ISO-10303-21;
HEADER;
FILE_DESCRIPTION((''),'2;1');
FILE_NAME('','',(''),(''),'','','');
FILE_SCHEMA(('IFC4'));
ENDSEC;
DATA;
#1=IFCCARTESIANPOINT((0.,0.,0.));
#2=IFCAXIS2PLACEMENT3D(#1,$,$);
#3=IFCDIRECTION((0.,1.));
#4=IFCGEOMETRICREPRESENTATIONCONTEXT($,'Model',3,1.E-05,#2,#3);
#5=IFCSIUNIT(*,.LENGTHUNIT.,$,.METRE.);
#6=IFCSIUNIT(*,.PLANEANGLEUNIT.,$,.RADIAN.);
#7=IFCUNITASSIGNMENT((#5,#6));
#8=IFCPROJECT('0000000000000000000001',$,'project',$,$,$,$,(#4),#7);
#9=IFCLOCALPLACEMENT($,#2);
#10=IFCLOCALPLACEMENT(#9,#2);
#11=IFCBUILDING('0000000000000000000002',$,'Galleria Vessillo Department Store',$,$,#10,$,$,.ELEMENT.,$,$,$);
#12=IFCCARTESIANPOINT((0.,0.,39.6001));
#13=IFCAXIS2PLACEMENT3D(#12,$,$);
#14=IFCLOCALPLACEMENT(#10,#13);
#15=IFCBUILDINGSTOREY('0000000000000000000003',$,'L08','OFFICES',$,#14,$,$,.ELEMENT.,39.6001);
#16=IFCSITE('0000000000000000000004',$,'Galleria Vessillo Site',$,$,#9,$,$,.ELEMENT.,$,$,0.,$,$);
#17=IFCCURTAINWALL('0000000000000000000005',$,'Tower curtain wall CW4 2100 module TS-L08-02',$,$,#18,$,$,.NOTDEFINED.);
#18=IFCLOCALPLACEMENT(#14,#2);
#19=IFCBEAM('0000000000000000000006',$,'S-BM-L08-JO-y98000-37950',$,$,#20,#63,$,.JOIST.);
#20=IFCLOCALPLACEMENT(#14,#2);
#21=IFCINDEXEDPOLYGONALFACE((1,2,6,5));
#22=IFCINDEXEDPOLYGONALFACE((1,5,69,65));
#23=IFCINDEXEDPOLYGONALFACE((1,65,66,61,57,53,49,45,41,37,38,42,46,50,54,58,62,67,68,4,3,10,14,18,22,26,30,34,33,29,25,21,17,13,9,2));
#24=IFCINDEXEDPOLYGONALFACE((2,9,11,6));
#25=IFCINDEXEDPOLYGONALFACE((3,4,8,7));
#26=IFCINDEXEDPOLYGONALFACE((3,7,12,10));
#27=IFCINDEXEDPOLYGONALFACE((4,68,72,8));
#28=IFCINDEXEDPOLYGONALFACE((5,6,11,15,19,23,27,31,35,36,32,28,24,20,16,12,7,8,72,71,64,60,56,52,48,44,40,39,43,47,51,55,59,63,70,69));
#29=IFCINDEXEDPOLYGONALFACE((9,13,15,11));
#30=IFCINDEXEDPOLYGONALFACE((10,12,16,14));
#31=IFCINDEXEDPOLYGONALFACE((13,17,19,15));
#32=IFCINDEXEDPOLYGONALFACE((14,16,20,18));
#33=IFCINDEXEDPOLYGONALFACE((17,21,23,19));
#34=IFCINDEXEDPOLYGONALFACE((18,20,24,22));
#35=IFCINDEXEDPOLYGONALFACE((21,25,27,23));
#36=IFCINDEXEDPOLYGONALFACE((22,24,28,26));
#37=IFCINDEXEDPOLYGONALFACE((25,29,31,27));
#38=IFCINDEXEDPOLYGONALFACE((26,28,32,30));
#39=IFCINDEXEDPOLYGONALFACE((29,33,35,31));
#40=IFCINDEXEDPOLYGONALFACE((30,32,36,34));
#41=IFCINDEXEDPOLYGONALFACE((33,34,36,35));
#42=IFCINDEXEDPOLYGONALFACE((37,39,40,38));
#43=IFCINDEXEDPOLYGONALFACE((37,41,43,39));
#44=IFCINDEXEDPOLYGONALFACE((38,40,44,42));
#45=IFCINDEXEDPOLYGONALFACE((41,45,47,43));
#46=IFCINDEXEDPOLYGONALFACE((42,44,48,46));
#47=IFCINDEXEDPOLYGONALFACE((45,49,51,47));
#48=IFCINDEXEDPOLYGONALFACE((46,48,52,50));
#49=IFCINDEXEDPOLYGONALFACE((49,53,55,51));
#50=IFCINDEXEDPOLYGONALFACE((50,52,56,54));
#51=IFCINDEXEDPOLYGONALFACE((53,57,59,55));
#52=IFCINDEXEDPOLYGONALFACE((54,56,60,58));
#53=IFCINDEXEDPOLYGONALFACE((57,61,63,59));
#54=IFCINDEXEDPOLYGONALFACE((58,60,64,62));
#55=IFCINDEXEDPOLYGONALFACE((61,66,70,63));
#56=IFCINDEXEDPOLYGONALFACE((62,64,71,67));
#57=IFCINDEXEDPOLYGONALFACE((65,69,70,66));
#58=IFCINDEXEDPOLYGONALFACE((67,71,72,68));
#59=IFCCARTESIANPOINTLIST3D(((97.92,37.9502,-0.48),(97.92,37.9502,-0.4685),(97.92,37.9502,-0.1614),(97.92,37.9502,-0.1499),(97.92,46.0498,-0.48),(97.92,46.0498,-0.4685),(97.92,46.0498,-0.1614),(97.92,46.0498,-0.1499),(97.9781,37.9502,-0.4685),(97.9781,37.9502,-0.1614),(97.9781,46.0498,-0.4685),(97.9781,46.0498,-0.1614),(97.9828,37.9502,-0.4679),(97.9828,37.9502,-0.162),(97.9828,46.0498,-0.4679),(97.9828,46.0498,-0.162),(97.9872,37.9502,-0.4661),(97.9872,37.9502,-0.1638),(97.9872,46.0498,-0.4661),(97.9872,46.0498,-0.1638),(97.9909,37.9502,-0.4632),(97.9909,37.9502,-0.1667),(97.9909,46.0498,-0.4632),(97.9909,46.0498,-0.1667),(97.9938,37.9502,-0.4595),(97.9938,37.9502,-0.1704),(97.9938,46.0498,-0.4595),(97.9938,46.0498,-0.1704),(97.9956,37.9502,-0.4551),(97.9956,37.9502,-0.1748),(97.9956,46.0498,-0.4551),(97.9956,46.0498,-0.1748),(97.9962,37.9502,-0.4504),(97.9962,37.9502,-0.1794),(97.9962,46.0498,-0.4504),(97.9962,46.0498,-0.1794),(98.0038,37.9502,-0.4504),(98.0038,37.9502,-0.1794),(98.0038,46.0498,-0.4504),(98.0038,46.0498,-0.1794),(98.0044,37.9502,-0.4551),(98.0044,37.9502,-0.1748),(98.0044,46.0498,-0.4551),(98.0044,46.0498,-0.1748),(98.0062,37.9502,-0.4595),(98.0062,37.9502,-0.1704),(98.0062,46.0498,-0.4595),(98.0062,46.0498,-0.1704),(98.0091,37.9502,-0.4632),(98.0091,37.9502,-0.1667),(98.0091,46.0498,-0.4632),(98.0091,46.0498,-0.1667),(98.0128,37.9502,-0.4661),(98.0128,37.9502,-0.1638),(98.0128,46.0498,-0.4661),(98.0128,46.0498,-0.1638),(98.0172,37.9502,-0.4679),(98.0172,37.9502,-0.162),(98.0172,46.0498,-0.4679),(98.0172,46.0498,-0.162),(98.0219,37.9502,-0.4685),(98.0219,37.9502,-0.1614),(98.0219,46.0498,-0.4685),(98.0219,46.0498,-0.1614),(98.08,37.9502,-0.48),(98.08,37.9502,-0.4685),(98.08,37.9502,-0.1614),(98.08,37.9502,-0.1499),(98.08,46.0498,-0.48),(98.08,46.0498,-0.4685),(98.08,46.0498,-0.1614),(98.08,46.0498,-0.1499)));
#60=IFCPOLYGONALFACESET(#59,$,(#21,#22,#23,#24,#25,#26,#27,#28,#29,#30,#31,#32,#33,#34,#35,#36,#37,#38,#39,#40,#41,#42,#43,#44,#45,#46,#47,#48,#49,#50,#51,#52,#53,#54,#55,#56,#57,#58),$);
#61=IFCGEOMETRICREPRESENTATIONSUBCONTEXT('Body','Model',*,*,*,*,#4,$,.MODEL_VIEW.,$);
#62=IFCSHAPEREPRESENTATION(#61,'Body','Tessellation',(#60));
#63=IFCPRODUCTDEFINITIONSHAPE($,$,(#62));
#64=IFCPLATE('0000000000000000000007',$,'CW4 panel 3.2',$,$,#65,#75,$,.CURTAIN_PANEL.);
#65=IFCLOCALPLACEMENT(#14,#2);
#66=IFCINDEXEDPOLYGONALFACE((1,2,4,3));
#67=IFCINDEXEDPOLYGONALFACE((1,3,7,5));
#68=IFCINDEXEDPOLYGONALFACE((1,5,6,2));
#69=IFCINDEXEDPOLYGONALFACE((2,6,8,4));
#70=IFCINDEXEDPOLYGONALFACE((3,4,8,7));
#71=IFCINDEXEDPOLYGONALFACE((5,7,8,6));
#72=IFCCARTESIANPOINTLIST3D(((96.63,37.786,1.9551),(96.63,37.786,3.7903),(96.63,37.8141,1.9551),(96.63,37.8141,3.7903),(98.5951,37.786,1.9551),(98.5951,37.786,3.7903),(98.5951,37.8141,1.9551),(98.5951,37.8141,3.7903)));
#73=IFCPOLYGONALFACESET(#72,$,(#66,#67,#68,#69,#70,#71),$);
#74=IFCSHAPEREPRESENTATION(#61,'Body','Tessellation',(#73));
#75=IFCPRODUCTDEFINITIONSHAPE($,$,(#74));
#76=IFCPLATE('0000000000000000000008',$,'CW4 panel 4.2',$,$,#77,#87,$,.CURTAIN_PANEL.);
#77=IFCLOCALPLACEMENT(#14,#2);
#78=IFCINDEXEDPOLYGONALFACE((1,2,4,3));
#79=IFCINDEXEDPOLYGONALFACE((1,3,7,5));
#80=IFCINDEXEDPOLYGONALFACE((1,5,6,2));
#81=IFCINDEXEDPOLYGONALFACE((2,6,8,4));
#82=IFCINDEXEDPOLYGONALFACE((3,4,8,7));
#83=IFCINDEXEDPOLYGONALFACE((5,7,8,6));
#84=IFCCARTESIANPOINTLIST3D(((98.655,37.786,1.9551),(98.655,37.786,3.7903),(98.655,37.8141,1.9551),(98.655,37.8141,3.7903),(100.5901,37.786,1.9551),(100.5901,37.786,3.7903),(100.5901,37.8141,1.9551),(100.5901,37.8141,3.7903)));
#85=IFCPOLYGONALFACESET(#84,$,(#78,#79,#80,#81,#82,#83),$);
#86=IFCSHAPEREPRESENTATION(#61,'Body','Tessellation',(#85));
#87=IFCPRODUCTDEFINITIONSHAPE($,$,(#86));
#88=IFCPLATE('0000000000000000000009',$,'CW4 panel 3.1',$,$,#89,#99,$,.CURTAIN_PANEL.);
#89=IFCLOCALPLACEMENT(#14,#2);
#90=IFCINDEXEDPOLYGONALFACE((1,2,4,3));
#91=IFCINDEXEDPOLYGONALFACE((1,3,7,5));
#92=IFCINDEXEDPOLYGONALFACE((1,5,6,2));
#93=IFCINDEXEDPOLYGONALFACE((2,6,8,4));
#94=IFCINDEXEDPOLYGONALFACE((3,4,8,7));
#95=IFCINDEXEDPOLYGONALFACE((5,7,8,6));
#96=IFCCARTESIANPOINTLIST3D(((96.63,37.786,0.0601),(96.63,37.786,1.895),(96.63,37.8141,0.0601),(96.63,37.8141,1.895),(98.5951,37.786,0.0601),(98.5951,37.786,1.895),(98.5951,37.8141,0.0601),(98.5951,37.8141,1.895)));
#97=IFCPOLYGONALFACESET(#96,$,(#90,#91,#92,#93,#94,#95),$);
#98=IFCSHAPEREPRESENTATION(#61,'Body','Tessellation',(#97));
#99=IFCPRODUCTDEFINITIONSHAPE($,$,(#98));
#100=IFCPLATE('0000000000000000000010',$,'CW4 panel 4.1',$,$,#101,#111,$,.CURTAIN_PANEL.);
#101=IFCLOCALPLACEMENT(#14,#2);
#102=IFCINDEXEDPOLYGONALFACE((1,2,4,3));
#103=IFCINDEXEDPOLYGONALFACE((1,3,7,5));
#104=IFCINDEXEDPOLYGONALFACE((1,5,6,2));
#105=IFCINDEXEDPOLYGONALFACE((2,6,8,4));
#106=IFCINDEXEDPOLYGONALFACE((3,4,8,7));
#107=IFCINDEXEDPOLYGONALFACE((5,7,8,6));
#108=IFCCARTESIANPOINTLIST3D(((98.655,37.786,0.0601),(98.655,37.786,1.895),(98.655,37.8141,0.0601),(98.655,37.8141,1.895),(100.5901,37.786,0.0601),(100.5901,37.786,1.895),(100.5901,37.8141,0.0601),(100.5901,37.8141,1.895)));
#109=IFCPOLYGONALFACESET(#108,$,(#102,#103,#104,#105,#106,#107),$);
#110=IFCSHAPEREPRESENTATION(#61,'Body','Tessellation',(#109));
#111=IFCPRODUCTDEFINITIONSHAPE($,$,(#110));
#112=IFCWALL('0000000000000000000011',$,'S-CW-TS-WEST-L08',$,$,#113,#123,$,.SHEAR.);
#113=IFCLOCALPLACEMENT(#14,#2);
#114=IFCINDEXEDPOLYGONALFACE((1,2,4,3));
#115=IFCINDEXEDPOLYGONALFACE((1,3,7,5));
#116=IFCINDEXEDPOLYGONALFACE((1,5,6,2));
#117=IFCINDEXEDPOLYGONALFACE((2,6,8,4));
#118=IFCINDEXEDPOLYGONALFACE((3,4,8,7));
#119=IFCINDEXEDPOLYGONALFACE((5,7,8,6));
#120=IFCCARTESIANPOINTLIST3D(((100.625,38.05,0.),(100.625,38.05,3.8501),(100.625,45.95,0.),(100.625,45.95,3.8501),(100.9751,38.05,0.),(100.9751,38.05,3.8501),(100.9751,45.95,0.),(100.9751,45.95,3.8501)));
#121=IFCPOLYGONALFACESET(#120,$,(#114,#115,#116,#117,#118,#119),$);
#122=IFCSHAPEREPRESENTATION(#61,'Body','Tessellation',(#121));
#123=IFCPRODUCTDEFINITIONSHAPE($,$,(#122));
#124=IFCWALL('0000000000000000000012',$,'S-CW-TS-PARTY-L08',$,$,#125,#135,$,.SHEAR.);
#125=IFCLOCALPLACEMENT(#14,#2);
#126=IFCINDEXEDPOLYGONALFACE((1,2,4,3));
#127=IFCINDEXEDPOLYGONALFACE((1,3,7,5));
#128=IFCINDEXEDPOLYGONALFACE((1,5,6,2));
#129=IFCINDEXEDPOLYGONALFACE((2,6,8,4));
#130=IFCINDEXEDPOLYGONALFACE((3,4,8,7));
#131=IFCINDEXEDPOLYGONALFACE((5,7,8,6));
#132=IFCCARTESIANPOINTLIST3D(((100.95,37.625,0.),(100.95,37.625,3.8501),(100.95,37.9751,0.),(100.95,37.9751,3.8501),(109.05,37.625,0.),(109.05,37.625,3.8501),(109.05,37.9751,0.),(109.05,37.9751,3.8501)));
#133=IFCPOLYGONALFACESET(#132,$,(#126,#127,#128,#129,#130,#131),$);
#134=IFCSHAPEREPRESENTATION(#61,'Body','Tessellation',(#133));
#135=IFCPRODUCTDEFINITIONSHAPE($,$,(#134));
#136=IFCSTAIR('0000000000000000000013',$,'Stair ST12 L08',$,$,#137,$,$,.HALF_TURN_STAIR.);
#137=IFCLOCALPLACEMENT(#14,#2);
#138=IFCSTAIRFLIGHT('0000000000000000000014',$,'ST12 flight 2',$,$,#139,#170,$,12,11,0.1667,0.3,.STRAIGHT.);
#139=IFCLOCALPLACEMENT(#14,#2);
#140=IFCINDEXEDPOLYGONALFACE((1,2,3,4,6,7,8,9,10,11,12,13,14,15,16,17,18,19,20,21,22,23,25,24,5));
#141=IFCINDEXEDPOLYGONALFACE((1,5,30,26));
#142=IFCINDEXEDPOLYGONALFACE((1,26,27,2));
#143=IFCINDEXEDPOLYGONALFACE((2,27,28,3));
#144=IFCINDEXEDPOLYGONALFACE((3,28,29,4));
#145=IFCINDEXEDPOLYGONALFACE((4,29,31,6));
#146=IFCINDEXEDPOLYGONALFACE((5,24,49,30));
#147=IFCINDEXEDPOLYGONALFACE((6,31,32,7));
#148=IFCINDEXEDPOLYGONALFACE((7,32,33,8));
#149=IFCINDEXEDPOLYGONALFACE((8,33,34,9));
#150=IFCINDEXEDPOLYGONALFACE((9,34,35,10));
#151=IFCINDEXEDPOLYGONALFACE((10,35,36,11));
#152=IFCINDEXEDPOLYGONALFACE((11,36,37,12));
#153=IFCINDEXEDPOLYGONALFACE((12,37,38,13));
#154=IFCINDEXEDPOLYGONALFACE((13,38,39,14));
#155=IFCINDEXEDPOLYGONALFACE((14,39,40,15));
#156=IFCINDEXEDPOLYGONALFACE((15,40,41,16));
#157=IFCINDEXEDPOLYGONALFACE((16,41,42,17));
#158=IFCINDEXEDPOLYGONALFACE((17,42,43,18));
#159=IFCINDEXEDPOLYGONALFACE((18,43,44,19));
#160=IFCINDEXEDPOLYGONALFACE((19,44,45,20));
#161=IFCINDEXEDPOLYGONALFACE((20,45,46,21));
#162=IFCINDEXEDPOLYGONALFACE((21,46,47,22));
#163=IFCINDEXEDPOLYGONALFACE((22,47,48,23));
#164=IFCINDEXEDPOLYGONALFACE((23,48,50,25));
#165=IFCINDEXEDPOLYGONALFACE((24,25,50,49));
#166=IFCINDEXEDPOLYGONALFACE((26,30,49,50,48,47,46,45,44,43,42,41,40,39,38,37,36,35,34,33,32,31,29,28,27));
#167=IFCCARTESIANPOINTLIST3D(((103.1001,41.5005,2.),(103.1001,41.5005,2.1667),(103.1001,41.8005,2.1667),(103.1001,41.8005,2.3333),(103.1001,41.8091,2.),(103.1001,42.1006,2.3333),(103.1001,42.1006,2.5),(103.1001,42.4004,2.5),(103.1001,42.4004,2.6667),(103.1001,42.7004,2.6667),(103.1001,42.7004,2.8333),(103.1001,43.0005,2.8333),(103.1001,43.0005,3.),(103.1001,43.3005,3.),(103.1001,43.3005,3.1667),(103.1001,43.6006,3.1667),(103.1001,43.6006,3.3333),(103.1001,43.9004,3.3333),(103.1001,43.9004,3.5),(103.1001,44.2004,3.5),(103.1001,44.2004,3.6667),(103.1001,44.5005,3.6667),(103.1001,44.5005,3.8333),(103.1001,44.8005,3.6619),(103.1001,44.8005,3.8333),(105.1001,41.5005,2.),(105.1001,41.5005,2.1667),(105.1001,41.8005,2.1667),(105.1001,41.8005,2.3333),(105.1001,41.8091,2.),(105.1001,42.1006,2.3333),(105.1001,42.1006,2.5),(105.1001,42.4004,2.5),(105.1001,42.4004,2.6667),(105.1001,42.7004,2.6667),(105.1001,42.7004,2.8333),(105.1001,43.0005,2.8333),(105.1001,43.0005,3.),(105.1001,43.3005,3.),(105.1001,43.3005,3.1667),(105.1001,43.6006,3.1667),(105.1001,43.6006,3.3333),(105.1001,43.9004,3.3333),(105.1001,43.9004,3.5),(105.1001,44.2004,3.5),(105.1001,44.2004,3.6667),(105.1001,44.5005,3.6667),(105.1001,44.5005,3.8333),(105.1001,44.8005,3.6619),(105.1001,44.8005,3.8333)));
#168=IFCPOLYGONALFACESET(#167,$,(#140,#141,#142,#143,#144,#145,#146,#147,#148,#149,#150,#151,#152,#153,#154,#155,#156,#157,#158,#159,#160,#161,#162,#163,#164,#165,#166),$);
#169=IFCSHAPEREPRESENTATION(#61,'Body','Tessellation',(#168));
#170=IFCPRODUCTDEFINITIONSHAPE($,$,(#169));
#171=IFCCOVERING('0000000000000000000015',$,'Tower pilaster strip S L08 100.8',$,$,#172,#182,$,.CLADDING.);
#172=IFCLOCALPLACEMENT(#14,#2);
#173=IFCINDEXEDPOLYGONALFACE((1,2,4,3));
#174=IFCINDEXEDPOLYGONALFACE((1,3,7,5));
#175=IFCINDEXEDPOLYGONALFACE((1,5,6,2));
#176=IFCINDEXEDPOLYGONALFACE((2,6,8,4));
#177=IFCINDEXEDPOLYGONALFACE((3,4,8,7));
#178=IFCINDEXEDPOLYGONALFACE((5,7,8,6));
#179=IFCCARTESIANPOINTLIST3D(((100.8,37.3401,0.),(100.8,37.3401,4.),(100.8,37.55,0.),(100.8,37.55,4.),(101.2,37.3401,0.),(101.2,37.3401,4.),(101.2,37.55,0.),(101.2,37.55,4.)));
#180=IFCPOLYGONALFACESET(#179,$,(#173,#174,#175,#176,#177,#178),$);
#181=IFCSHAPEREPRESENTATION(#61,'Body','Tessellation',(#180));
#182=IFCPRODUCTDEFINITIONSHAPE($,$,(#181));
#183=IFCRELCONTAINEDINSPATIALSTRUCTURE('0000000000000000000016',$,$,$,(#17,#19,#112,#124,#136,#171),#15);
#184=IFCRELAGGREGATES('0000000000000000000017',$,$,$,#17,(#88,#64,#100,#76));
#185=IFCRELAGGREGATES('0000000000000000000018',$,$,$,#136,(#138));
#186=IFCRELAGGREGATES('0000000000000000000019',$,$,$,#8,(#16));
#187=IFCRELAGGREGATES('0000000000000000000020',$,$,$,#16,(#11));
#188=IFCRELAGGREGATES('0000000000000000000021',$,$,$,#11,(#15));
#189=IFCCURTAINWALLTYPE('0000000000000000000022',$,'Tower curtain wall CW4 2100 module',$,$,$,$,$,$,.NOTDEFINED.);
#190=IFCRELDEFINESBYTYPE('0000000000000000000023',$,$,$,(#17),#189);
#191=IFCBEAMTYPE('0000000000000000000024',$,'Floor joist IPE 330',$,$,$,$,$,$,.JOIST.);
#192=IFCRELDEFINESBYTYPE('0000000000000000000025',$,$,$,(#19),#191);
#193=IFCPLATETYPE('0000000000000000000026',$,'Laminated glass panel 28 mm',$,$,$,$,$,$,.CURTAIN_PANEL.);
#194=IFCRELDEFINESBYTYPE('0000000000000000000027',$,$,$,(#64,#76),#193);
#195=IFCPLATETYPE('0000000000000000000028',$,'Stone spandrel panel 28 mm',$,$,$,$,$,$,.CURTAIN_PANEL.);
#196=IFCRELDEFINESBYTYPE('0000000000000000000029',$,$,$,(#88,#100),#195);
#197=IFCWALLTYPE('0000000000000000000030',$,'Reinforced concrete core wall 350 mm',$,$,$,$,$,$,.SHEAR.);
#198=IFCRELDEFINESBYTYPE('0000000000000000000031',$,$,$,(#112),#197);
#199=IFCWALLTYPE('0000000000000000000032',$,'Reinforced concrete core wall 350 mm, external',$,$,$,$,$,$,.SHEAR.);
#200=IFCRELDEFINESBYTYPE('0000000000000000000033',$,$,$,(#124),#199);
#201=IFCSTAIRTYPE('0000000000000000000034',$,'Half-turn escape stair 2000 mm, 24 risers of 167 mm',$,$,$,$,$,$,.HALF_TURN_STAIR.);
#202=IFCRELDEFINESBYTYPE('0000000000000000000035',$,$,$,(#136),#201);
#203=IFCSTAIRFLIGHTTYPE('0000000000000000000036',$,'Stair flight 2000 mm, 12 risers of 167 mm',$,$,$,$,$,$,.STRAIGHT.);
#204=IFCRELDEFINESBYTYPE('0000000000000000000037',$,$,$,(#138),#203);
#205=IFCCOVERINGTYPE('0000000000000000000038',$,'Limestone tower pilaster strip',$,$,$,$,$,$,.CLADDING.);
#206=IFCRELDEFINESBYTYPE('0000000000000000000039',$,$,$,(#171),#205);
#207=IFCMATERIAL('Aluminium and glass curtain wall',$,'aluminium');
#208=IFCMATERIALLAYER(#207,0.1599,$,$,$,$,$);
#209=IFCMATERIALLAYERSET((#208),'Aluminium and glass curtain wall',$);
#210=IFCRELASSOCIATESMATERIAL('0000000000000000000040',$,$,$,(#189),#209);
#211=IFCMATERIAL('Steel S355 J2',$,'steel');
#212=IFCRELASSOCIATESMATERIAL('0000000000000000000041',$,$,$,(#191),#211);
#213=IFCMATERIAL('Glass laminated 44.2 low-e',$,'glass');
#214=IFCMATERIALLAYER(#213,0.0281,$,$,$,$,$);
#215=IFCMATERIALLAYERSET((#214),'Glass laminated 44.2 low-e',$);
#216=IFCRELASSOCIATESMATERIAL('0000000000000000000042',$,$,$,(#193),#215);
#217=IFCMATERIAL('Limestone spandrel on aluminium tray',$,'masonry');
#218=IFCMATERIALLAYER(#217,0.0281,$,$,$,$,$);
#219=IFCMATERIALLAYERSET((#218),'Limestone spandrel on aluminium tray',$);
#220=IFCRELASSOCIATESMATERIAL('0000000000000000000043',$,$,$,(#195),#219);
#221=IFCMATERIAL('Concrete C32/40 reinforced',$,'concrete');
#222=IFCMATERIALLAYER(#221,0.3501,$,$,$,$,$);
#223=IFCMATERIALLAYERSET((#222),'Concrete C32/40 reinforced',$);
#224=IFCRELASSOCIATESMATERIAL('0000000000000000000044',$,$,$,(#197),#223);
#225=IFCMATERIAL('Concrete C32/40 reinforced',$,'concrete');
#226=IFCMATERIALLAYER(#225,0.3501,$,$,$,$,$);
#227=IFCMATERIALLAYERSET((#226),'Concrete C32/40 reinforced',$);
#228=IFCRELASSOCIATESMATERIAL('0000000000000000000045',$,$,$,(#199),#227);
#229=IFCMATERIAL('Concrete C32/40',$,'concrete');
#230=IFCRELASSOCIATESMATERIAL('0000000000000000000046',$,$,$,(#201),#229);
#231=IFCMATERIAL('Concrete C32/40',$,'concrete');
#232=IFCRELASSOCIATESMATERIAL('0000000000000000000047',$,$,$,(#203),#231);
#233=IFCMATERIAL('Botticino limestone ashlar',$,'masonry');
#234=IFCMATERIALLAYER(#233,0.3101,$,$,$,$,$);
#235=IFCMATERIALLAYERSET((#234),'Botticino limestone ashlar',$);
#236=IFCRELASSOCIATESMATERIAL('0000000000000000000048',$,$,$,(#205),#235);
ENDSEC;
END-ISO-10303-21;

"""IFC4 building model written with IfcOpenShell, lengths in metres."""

from ifc_helpers import new_model, si_unit, direction, frame, frame_2d, origin, origin_2d, place, context, subcontext, project, spatial, polyline, rectangle, i_section, outline, extrude, material, layer, layer_set, material_profile, profile_set, type_object, element, aggregate, save


model = new_model("IFC4")

# Units and contexts
model_context = context("Model", 3, precision=1e-05, world=origin(), true_north=direction((0.0, 1.0)))
body_context = subcontext(model_context, "Body", "Model", "MODEL_VIEW")
ifc_project = project(units=[si_unit("LENGTHUNIT", "METRE"), si_unit("PLANEANGLEUNIT", "RADIAN")], contexts=[model_context])

# Site, building, storey
site_placement = place(None, origin())
site = spatial("IfcSite", under=ifc_project, at=site_placement, Name="Galleria Vessillo Site", CompositionType="ELEMENT", RefElevation=0.0)
building_placement = place(site_placement, origin())
building = spatial("IfcBuilding", under=site, at=building_placement, Name="Galleria Vessillo Department Store", CompositionType="ELEMENT")
storey_placement = place(building_placement, frame((0.0, 0.0, 39.6001)))
storey = spatial("IfcBuildingStorey", under=building, at=storey_placement, Name="L08", Description="OFFICES", CompositionType="ELEMENT", Elevation=39.6001)

# Curtain wall
ifc_material_1 = material(Name="Aluminium and glass curtain wall", Category="aluminium")
ifc_layer_1 = layer(ifc_material_1, 0.1599)
ifc_layer_set_1 = layer_set([ifc_layer_1], Name="Aluminium and glass curtain wall")
curtain_wall_type = type_object("IfcCurtainWallType", Name="Tower curtain wall CW4 2100 module", PredefinedType="NOTDEFINED", material=ifc_layer_set_1)
curtain_wall_placement = place(storey_placement, origin())
curtain_wall = element("IfcCurtainWall", 1, at=curtain_wall_placement, inside=storey, type_object=curtain_wall_type, Name="Tower curtain wall CW4 2100 module TS-L08-02", PredefinedType="NOTDEFINED")

# Beam
ifc_material_2 = material(Name="Steel S355 J2", Category="steel")
ifc_material_profile_1 = material_profile(ifc_material_2, i_section(OverallWidth=0.1599, OverallDepth=0.3301, WebThickness=0.0076, FlangeThickness=0.0115, FilletRadius=0.0181, at=origin_2d()), Name="IPE 330")
ifc_profile_set_1 = profile_set([ifc_material_profile_1], Name="Steel S355 J2")
beam_type = type_object("IfcBeamType", Name="Floor joist IPE 330", PredefinedType="JOIST", material=ifc_profile_set_1)
beam_placement = place(storey_placement, frame((98.0, 37.9502, -0.3149), z_axis=(0.0, 1.0, 0.0), x_axis=(-1.0, 0.0, 0.0)))
element("IfcBeam", 2, at=beam_placement, inside=storey, type_object=beam_type, Name="S-BM-L08-JO-y98000-37950", PredefinedType="JOIST", context=body_context, shape_type="SweptSolid", body=[
    extrude(i_section(OverallWidth=0.1599, OverallDepth=0.3301, WebThickness=0.0076, FlangeThickness=0.0115, FilletRadius=0.0181, at=origin_2d()), origin(), (0.0, 0.0, 1.0), 8.0996),
])

# Plates
ifc_material_3 = material(Name="Glass laminated 44.2 low-e", Category="glass")
ifc_layer_2 = layer(ifc_material_3, 0.0281)
ifc_layer_set_2 = layer_set([ifc_layer_2], Name="Glass laminated 44.2 low-e")
plate_type_1 = type_object("IfcPlateType", Name="Laminated glass panel 28 mm", PredefinedType="CURTAIN_PANEL", material=ifc_layer_set_2)
plate_1_placement = place(storey_placement, frame((97.6125, 37.8, 1.9551), z_axis=(0.0, 0.0, 1.0), x_axis=(1.0, 0.0, 0.0)))
plate_1 = element("IfcPlate", 3, at=plate_1_placement, type_object=plate_type_1, Name="CW4 panel 3.2", PredefinedType="CURTAIN_PANEL", context=body_context, shape_type="SweptSolid", body=[
    extrude(rectangle(XDim=1.9651, YDim=0.0281, at=origin_2d()), origin(), (0.0, 0.0, 1.0), 1.8352),
])
plate_2_placement = place(storey_placement, frame((99.6226, 37.8, 1.9551), z_axis=(0.0, 0.0, 1.0), x_axis=(1.0, 0.0, 0.0)))
plate_2 = element("IfcPlate", 4, at=plate_2_placement, type_object=plate_type_1, Name="CW4 panel 4.2", PredefinedType="CURTAIN_PANEL", context=body_context, shape_type="SweptSolid", body=[
    extrude(rectangle(XDim=1.9351, YDim=0.0281, at=origin_2d()), origin(), (0.0, 0.0, 1.0), 1.8352),
])
ifc_material_4 = material(Name="Limestone spandrel on aluminium tray", Category="masonry")
ifc_layer_3 = layer(ifc_material_4, 0.0281)
ifc_layer_set_3 = layer_set([ifc_layer_3], Name="Limestone spandrel on aluminium tray")
plate_type_2 = type_object("IfcPlateType", Name="Stone spandrel panel 28 mm", PredefinedType="CURTAIN_PANEL", material=ifc_layer_set_3)
plate_3_placement = place(storey_placement, frame((97.6125, 37.8, 0.0601), z_axis=(0.0, 0.0, 1.0), x_axis=(1.0, 0.0, 0.0)))
plate_3 = element("IfcPlate", 5, at=plate_3_placement, type_object=plate_type_2, Name="CW4 panel 3.1", PredefinedType="CURTAIN_PANEL", context=body_context, shape_type="SweptSolid", body=[
    extrude(rectangle(XDim=1.9651, YDim=0.0281, at=origin_2d()), origin(), (0.0, 0.0, 1.0), 1.835),
])
plate_4_placement = place(storey_placement, frame((99.6226, 37.8, 0.0601), z_axis=(0.0, 0.0, 1.0), x_axis=(1.0, 0.0, 0.0)))
plate_4 = element("IfcPlate", 6, at=plate_4_placement, type_object=plate_type_2, Name="CW4 panel 4.1", PredefinedType="CURTAIN_PANEL", context=body_context, shape_type="SweptSolid", body=[
    extrude(rectangle(XDim=1.9351, YDim=0.0281, at=origin_2d()), origin(), (0.0, 0.0, 1.0), 1.835),
])
aggregate(curtain_wall, [plate_3, plate_1, plate_4, plate_2])

# Walls
ifc_material_5 = material(Name="Concrete C32/40 reinforced", Category="concrete")
ifc_layer_4 = layer(ifc_material_5, 0.3501)
ifc_layer_set_4 = layer_set([ifc_layer_4], Name="Concrete C32/40 reinforced")
wall_type_1 = type_object("IfcWallType", Name="Reinforced concrete core wall 350 mm", PredefinedType="SHEAR", material=ifc_layer_set_4)
wall_1_placement = place(storey_placement, frame((100.8, 38.05, 0.0), z_axis=(0.0, 0.0, 1.0), x_axis=(0.0, 1.0, 0.0)))
element("IfcWall", 7, at=wall_1_placement, inside=storey, type_object=wall_type_1, Name="S-CW-TS-WEST-L08", PredefinedType="SHEAR", context=body_context, shape_type="SweptSolid", body=[
    extrude(rectangle(XDim=7.8999, YDim=0.3501, at=frame_2d((3.95, 0.0))), origin(), (0.0, 0.0, 1.0), 3.8501),
])
ifc_material_6 = material(Name="Concrete C32/40 reinforced", Category="concrete")
ifc_layer_5 = layer(ifc_material_6, 0.3501)
ifc_layer_set_5 = layer_set([ifc_layer_5], Name="Concrete C32/40 reinforced")
wall_type_2 = type_object("IfcWallType", Name="Reinforced concrete core wall 350 mm, external", PredefinedType="SHEAR", material=ifc_layer_set_5)
wall_2_placement = place(storey_placement, frame((100.95, 37.8, 0.0), z_axis=(0.0, 0.0, 1.0), x_axis=(1.0, 0.0, 0.0)))
element("IfcWall", 8, at=wall_2_placement, inside=storey, type_object=wall_type_2, Name="S-CW-TS-PARTY-L08", PredefinedType="SHEAR", context=body_context, shape_type="SweptSolid", body=[
    extrude(rectangle(XDim=8.1001, YDim=0.3501, at=frame_2d((4.05, 0.0))), origin(), (0.0, 0.0, 1.0), 3.8501),
])

# Stair, stair flight
ifc_material_7 = material(Name="Concrete C32/40", Category="concrete")
stair_type = type_object("IfcStairType", Name="Half-turn escape stair 2000 mm, 24 risers of 167 mm", PredefinedType="HALF_TURN_STAIR", material=ifc_material_7)
stair_placement = place(storey_placement, origin())
stair = element("IfcStair", 9, at=stair_placement, inside=storey, type_object=stair_type, Name="Stair ST12 L08", PredefinedType="HALF_TURN_STAIR")
ifc_material_8 = material(Name="Concrete C32/40", Category="concrete")
stair_flight_type = type_object("IfcStairFlightType", Name="Stair flight 2000 mm, 12 risers of 167 mm", PredefinedType="STRAIGHT", material=ifc_material_8)
stair_flight_placement = place(storey_placement, frame((104.1001, 41.5005, 2.0), z_axis=(0.0, 0.0, 1.0), x_axis=(0.0, 1.0, 0.0)))
stair_flight = element("IfcStairFlight", 10, at=stair_flight_placement, type_object=stair_flight_type, Name="ST12 flight 2", NumberOfRisers=12, NumberOfTreads=11, PredefinedType="STRAIGHT", RiserHeight=0.1667, TreadLength=0.3, context=body_context, shape_type="SweptSolid", body=[
    extrude(outline(polyline([(0.0, 0.0), (0.0, 0.1667), (0.3, 0.1667), (0.3, 0.3333), (0.6001, 0.3333), (0.6001, 0.5), (0.8999, 0.5), (0.8999, 0.6667), (1.2, 0.6667), (1.2, 0.8333), (1.5, 0.8333), (1.5, 1.0), (1.8, 1.0), (1.8, 1.1667), (2.1001, 1.1667), (2.1001, 1.3333), (2.3999, 1.3333), (2.3999, 1.5), (2.7, 1.5), (2.7, 1.6667), (3.0, 1.6667), (3.0, 1.8333), (3.3, 1.8333), (3.3, 2.0), (3.3, 1.6619), (0.3086, 0.0), (0.0, 0.0)])), frame((0.0, 1.0, 0.0), z_axis=(0.0, -1.0, 0.0), x_axis=(1.0, 0.0, 0.0)), (0.0, 0.0, 1.0), 2.0),
])
aggregate(stair, [stair_flight])

# Covering
ifc_material_9 = material(Name="Botticino limestone ashlar", Category="masonry")
ifc_layer_6 = layer(ifc_material_9, 0.3101)
ifc_layer_set_6 = layer_set([ifc_layer_6], Name="Botticino limestone ashlar")
covering_type_1 = type_object("IfcCoveringType", Name="Limestone tower pilaster strip", PredefinedType="CLADDING", material=ifc_layer_set_6)
covering_1_placement = place(storey_placement, frame((101.0, 37.4451, 0.0), z_axis=(0.0, 0.0, 1.0), x_axis=(1.0, 0.0, 0.0)))
element("IfcCovering", 11, at=covering_1_placement, inside=storey, type_object=covering_type_1, Name="Tower pilaster strip S L08 100.8", PredefinedType="CLADDING", context=body_context, shape_type="SweptSolid", body=[
    extrude(rectangle(XDim=0.3999, YDim=0.21, at=origin_2d()), origin(), (0.0, 0.0, 1.0), 4.0),
])

save(model, "model.ifc")
